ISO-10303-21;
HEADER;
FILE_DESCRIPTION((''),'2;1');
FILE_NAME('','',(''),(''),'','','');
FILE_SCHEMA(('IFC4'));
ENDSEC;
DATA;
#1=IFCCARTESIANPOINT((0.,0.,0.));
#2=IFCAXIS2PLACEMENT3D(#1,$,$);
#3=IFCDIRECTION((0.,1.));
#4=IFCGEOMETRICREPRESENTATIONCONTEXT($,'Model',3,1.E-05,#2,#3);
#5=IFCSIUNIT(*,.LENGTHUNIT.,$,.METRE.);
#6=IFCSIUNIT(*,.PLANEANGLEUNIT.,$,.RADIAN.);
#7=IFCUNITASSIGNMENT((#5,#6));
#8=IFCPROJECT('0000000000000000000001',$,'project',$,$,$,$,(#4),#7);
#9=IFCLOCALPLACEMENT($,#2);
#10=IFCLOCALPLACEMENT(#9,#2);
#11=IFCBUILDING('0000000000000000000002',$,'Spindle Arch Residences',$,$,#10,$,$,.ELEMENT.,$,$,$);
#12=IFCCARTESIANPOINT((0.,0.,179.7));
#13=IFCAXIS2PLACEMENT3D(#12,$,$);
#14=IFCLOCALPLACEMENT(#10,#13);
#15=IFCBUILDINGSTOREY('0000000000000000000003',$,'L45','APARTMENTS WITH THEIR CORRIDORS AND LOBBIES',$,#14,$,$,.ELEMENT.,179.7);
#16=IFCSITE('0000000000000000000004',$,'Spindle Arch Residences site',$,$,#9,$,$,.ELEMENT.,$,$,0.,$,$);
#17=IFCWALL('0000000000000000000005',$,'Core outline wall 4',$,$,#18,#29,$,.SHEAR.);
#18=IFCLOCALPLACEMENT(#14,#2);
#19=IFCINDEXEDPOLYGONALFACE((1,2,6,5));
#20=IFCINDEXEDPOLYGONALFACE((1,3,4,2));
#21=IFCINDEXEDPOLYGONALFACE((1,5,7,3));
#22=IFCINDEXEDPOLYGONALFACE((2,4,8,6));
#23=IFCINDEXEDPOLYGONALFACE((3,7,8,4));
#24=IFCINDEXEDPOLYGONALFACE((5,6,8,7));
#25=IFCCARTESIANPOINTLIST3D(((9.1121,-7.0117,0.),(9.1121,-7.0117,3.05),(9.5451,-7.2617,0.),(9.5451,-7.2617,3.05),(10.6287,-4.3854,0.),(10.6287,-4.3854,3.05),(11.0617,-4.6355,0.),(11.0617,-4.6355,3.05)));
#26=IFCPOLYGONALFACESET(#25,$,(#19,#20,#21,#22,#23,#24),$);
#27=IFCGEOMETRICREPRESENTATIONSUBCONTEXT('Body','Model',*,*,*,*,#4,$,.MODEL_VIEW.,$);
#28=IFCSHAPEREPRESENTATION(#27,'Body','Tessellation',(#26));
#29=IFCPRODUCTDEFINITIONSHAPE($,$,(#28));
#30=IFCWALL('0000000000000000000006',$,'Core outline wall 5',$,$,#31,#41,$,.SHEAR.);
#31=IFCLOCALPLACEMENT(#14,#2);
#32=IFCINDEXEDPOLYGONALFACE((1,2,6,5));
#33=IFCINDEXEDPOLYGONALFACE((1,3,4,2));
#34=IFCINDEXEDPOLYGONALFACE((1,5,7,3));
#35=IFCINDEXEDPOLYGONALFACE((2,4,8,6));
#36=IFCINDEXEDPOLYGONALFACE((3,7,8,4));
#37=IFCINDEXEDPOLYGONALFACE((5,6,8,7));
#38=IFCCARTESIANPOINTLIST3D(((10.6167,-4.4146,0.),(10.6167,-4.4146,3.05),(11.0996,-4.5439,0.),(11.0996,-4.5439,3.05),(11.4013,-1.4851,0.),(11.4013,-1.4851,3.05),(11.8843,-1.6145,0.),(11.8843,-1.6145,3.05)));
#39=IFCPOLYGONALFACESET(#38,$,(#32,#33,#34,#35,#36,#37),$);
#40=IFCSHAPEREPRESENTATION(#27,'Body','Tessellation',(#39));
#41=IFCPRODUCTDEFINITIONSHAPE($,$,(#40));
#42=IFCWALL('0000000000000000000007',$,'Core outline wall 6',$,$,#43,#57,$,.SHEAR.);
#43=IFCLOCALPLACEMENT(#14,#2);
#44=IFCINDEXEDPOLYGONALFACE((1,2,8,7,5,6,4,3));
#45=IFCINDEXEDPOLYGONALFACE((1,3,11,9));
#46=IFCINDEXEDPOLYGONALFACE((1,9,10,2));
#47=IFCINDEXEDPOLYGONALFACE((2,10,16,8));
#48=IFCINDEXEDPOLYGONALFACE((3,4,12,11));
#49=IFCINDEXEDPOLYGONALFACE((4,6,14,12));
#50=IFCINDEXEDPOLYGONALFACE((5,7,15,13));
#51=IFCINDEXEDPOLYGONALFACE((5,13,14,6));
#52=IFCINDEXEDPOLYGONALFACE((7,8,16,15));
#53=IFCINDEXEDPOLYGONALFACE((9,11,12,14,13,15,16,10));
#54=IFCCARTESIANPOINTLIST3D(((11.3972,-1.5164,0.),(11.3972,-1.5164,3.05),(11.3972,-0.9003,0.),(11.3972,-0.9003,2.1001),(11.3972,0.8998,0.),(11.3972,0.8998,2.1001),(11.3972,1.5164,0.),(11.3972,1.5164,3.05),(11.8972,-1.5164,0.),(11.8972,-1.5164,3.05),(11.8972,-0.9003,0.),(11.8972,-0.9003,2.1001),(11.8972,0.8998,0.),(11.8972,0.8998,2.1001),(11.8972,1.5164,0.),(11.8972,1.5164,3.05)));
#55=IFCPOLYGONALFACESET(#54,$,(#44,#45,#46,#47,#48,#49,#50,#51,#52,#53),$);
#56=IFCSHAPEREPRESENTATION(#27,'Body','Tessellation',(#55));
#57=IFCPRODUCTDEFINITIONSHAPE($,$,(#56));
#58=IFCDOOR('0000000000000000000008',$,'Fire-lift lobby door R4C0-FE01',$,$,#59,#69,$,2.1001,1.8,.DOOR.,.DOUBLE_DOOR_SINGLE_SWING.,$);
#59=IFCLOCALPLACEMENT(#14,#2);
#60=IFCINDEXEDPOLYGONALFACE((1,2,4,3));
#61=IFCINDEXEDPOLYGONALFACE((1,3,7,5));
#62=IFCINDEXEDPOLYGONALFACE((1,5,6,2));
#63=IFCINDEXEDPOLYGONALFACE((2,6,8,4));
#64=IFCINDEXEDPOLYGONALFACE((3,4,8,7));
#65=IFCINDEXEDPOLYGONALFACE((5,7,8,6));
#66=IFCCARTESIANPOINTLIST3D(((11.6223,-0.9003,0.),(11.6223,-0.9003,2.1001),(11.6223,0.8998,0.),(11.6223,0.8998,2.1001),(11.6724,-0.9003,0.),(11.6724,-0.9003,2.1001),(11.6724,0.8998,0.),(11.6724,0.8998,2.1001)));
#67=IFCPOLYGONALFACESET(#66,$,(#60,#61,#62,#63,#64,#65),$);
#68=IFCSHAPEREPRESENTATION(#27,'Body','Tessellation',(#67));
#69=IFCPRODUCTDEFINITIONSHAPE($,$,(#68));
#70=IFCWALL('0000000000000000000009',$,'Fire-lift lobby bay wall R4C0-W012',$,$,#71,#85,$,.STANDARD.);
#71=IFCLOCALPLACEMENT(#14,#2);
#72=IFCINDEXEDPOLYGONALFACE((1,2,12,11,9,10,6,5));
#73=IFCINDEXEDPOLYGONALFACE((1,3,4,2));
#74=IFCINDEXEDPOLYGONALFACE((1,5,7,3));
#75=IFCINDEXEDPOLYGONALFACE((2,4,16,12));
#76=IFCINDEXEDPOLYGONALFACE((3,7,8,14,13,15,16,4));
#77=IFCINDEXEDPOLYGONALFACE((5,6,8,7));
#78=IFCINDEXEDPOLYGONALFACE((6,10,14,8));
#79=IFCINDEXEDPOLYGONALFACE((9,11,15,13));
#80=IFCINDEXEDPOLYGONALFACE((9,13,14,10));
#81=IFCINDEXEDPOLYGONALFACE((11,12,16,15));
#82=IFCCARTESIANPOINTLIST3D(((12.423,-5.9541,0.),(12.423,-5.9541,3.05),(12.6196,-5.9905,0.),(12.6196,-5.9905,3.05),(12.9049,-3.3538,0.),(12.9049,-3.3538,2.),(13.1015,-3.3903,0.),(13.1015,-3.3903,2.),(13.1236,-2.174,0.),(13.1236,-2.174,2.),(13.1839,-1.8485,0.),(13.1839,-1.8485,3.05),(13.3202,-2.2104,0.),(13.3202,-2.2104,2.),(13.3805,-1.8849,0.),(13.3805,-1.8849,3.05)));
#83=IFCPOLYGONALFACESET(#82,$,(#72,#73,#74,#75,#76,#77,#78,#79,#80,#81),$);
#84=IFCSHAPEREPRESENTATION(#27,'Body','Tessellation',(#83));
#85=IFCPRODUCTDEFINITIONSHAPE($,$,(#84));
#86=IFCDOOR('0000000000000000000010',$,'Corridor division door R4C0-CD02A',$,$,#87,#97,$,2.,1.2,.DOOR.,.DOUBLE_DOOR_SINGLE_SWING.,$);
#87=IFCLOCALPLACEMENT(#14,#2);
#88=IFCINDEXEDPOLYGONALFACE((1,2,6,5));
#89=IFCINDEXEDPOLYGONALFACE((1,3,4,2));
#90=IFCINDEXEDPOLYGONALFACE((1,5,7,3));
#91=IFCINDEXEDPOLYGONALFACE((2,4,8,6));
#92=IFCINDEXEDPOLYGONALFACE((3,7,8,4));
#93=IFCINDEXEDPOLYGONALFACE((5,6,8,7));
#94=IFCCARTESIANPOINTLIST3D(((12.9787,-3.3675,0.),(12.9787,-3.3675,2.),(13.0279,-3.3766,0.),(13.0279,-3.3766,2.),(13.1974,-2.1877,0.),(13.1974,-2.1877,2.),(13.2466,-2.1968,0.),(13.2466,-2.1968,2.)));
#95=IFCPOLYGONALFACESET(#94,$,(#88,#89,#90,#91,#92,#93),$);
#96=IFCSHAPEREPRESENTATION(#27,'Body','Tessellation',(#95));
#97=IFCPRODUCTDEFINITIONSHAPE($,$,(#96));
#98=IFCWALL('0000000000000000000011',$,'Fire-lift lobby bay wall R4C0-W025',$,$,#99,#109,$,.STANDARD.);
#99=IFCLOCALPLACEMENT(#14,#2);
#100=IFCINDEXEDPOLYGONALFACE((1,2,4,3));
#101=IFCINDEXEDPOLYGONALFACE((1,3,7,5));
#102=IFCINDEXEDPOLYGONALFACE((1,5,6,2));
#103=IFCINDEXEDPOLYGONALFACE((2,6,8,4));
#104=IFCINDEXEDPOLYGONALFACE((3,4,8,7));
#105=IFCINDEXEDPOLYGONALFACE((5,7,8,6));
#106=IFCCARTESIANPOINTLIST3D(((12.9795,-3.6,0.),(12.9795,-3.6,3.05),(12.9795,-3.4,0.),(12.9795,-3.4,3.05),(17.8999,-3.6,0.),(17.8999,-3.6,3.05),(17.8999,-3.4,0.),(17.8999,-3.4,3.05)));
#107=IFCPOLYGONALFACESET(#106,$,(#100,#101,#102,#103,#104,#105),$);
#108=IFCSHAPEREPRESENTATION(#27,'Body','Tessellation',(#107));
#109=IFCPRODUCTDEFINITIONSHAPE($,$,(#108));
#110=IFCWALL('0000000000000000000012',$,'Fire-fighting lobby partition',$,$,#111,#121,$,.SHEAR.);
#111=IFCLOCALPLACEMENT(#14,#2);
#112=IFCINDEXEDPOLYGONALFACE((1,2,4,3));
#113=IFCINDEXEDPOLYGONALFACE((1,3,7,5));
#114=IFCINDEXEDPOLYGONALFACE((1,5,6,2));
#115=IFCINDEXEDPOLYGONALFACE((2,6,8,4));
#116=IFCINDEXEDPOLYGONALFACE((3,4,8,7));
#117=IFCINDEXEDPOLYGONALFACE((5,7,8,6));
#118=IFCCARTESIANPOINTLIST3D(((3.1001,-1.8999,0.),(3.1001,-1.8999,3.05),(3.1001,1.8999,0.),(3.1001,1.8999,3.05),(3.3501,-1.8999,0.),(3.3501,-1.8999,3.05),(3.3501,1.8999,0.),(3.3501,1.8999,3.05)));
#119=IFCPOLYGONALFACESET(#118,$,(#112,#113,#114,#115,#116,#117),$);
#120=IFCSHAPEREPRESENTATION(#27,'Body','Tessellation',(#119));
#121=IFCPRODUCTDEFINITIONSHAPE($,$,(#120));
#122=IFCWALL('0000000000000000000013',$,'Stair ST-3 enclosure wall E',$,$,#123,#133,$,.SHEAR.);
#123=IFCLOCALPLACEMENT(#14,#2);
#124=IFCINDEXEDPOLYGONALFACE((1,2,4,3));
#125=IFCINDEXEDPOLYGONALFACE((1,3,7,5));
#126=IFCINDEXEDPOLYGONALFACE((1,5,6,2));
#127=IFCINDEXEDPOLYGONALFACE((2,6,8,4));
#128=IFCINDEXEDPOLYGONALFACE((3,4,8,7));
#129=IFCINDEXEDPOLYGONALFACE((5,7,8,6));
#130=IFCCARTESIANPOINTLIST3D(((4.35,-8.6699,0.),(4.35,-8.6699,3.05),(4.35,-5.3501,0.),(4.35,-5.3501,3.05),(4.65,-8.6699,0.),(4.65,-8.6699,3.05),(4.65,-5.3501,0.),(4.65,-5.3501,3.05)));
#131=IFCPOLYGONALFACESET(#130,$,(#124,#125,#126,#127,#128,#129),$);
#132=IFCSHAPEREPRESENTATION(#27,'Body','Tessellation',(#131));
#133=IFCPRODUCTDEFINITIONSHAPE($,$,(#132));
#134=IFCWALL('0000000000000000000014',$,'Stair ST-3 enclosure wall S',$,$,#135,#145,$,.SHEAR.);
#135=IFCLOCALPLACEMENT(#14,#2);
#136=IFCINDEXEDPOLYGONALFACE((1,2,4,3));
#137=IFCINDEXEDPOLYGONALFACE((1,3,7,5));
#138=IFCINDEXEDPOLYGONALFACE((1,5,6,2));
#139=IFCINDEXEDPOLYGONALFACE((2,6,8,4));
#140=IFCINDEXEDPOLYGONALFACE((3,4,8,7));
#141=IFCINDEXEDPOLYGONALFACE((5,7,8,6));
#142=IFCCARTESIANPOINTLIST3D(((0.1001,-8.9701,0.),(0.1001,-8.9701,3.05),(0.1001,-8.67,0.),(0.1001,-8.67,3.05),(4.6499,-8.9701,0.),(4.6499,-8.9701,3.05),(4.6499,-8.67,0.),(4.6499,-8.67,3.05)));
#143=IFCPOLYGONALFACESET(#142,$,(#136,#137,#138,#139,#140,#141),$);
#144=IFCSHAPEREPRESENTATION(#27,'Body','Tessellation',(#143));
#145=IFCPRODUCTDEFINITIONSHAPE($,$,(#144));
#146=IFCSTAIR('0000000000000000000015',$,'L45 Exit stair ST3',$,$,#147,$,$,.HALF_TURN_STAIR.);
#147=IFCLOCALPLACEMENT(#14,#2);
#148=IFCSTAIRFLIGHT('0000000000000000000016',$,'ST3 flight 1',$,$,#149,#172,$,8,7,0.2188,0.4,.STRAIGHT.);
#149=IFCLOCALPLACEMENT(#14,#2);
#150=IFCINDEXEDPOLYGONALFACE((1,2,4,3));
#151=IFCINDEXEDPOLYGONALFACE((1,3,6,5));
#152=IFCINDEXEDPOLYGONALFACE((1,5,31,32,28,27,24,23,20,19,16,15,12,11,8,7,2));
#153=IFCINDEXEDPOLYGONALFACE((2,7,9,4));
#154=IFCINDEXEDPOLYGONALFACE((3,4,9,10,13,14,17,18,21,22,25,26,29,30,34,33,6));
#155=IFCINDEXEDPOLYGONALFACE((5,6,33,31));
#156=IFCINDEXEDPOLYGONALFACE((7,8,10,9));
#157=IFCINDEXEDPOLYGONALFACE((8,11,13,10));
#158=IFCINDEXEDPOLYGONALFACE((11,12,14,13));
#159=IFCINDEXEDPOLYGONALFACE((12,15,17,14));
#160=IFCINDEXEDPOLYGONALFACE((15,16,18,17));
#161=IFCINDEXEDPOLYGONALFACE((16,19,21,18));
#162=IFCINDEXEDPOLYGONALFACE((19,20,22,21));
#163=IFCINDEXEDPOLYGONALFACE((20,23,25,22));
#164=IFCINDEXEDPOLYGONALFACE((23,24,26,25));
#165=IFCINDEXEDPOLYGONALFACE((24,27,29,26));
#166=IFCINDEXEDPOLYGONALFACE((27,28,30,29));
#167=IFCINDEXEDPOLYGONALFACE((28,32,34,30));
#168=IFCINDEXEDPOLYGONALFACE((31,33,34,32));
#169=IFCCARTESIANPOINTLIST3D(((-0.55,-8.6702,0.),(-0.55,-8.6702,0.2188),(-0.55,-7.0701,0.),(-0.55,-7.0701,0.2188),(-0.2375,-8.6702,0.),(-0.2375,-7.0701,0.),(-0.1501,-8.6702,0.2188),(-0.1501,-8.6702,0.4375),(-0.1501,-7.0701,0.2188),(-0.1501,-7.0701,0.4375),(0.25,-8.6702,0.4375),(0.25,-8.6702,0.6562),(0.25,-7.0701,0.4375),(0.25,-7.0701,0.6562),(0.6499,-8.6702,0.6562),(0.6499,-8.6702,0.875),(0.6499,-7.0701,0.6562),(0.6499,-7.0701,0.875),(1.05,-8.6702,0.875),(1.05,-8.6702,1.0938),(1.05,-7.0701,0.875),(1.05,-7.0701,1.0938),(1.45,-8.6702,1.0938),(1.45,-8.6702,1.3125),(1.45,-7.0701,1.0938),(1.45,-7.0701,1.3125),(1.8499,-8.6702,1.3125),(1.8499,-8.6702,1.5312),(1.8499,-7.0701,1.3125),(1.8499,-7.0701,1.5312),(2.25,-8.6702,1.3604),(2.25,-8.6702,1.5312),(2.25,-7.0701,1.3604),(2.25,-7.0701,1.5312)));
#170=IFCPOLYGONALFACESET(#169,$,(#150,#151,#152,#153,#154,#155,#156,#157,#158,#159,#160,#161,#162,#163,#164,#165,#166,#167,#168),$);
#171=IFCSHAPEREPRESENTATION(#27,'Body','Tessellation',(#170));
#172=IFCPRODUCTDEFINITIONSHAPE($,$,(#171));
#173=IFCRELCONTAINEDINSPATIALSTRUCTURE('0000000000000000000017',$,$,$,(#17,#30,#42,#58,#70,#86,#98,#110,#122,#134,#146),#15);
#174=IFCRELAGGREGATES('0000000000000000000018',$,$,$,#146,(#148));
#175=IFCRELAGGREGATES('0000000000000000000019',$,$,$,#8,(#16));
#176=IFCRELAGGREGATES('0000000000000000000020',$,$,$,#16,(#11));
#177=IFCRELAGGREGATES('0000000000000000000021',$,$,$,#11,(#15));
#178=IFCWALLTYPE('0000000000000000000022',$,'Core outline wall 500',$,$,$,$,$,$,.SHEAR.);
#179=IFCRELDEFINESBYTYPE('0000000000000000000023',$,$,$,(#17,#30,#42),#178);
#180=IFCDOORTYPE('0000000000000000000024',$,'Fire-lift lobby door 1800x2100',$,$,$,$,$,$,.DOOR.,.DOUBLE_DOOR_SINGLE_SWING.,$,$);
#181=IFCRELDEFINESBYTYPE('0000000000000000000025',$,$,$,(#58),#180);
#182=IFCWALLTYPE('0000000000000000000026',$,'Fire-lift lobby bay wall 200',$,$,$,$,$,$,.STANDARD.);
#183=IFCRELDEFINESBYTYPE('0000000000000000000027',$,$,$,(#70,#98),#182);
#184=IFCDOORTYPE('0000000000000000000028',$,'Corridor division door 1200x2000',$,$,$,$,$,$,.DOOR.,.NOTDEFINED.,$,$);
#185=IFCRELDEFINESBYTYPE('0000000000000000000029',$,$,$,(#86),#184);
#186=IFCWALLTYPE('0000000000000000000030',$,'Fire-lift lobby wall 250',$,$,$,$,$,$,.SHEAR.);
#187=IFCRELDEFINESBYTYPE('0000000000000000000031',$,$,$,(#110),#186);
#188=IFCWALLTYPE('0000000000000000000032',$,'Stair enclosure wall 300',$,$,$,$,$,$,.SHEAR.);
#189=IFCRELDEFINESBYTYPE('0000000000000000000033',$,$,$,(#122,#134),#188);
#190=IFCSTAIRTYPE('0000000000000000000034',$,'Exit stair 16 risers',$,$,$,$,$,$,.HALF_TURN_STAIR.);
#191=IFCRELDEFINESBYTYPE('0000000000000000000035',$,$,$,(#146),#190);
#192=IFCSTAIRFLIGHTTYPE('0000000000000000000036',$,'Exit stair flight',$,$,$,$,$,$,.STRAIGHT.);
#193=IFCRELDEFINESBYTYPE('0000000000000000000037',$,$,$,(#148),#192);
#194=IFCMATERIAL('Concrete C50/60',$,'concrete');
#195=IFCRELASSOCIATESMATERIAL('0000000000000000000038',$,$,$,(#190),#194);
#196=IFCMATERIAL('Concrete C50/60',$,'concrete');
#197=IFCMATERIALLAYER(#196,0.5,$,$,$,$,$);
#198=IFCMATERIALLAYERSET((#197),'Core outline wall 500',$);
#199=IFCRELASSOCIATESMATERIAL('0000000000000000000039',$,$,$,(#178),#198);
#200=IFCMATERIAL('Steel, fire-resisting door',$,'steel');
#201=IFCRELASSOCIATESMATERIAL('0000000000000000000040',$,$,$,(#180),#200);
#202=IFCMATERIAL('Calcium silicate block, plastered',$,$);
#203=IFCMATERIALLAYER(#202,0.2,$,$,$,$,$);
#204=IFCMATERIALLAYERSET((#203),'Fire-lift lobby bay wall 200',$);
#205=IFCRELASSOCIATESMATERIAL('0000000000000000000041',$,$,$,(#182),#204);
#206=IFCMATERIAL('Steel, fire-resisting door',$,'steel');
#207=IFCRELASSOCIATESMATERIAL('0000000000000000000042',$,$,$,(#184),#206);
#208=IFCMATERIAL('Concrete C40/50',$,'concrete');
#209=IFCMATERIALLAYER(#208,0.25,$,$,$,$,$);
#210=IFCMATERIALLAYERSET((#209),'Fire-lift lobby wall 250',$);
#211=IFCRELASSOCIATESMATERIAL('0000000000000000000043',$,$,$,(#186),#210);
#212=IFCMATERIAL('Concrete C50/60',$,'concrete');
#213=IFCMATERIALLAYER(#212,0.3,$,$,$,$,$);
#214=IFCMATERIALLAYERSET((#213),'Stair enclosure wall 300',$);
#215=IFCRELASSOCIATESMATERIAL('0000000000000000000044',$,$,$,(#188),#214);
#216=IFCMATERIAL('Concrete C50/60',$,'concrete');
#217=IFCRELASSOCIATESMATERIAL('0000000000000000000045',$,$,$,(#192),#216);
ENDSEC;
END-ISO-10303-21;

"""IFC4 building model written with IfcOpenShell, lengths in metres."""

from ifc_helpers import new_model, si_unit, direction, frame, frame_2d, origin, place, context, subcontext, project, spatial, polyline, rectangle, outline, extrude, material, layer, layer_set, type_object, element, fill, aggregate, save


model = new_model("IFC4")

# Units and contexts
model_context = context("Model", 3, precision=1e-05, world=origin(), true_north=direction((0.0, 1.0)))
body_context = subcontext(model_context, "Body", "Model", "MODEL_VIEW")
ifc_project = project(units=[si_unit("LENGTHUNIT", "METRE"), si_unit("PLANEANGLEUNIT", "RADIAN")], contexts=[model_context])

# Site, building, storey
site_placement = place(None, origin())
site = spatial("IfcSite", under=ifc_project, at=site_placement, Name="Spindle Arch Residences site", CompositionType="ELEMENT", RefElevation=0.0)
building_placement = place(site_placement, origin())
building = spatial("IfcBuilding", under=site, at=building_placement, Name="Spindle Arch Residences", CompositionType="ELEMENT")
storey_placement = place(building_placement, frame((0.0, 0.0, 179.7)))
storey = spatial("IfcBuildingStorey", under=building, at=storey_placement, Name="L45", Description="APARTMENTS WITH THEIR CORRIDORS AND LOBBIES", CompositionType="ELEMENT", Elevation=179.7)

# Shared definitions
ifc_material_1 = material(Name="Concrete C50/60", Category="concrete")
stair_type = type_object("IfcStairType", Name="Exit stair 16 risers", PredefinedType="HALF_TURN_STAIR", material=ifc_material_1)

# Walls
ifc_material_2 = material(Name="Concrete C50/60", Category="concrete")
ifc_layer_1 = layer(ifc_material_2, 0.5)
ifc_layer_set_1 = layer_set([ifc_layer_1], Name="Core outline wall 500")
wall_type_1 = type_object("IfcWallType", Name="Core outline wall 500", PredefinedType="SHEAR", material=ifc_layer_set_1)
for number, where, z_axis, x_axis, name in (
    (1, (9.3286, -7.1367, 0.0), (0.0, 0.0, 1.0), (0.500087, 0.865975, 0.0), "Core outline wall 4"),
    (2, (10.8582, -4.4792, 0.0), (0.0, 0.0, 1.0), (0.258735, 0.965948, 0.0), "Core outline wall 5"),
):
    element("IfcWall", number, at=place(storey_placement, frame(where, z_axis=z_axis, x_axis=x_axis)), inside=storey, type_object=wall_type_1, Name=name, PredefinedType="SHEAR", context=body_context, shape_type="SweptSolid", body=[
        extrude(rectangle(XDim=3.0327, YDim=0.5, at=frame_2d((1.5164, 0.0))), origin(), (0.0, 0.0, 1.0), 3.05),
    ])

# Walls, openings, doors
wall_1_placement = place(storey_placement, frame((11.6472, -1.5164, 0.0), z_axis=(0.0, 0.0, 1.0), x_axis=(0.0, 1.0, 0.0)))
wall_1 = element("IfcWall", 3, at=wall_1_placement, inside=storey, type_object=wall_type_1, Name="Core outline wall 6", PredefinedType="SHEAR", context=body_context, shape_type="SweptSolid", body=[
    extrude(rectangle(XDim=3.0327, YDim=0.5, at=frame_2d((1.5164, 0.0))), origin(), (0.0, 0.0, 1.0), 3.05),
])
opening_1_placement = place(wall_1_placement, frame((0.6162, 0.0, 0.0)))
opening_1 = element("IfcOpeningElement", 4, at=opening_1_placement, cuts=wall_1, PredefinedType="OPENING", context=body_context, shape_type="SweptSolid", body=[
    extrude(rectangle(XDim=1.8, YDim=2.1001, at=frame_2d((0.8999, 1.05))), frame((0.0, 0.26, 0.0), z_axis=(0.0, -1.0, 0.0), x_axis=(1.0, 0.0, 0.0)), (0.0, 0.0, 1.0), 0.52),
])
ifc_material_3 = material(Name="Steel, fire-resisting door", Category="steel")
door_type_1 = type_object("IfcDoorType", Name="Fire-lift lobby door 1800x2100", OperationType="DOUBLE_DOOR_SINGLE_SWING", PredefinedType="DOOR", material=ifc_material_3)
door_1_placement = place(opening_1_placement, origin())
door_1 = element("IfcDoor", 5, at=door_1_placement, inside=storey, type_object=door_type_1, Name="Fire-lift lobby door R4C0-FE01", OperationType="DOUBLE_DOOR_SINGLE_SWING", OverallHeight=2.1001, OverallWidth=1.8, PredefinedType="DOOR", context=body_context, shape_type="SweptSolid", body=[
    extrude(rectangle(XDim=1.8, YDim=2.1001, at=frame_2d((0.8999, 1.05))), frame((0.0, 0.0249, 0.0), z_axis=(0.0, -1.0, 0.0), x_axis=(1.0, 0.0, 0.0)), (0.0, 0.0, 1.0), 0.05),
])
fill(opening_1, door_1)
ifc_material_4 = material(Name="Calcium silicate block, plastered")
ifc_layer_2 = layer(ifc_material_4, 0.2)
ifc_layer_set_2 = layer_set([ifc_layer_2], Name="Fire-lift lobby bay wall 200")
wall_type_2 = type_object("IfcWallType", Name="Fire-lift lobby bay wall 200", PredefinedType="STANDARD", material=ifc_layer_set_2)
wall_2_placement = place(storey_placement, frame((12.5212, -5.9724, 0.0), z_axis=(0.0, 0.0, 1.0), x_axis=(0.182244, 0.983253, 0.0)))
wall_2 = element("IfcWall", 6, at=wall_2_placement, inside=storey, type_object=wall_type_2, Name="Fire-lift lobby bay wall R4C0-W012", PredefinedType="STANDARD", context=body_context, shape_type="SweptSolid", body=[
    extrude(rectangle(XDim=4.1755, YDim=0.2, at=frame_2d((2.0879, 0.0))), origin(), (0.0, 0.0, 1.0), 3.05),
])
opening_2_placement = place(wall_2_placement, frame((2.6445, 0.0, 0.0)))
opening_2 = element("IfcOpeningElement", 7, at=opening_2_placement, cuts=wall_2, PredefinedType="OPENING", context=body_context, shape_type="SweptSolid", body=[
    extrude(rectangle(XDim=1.2, YDim=2.0, at=frame_2d((0.6001, 1.0))), frame((0.0, 0.1099, 0.0), z_axis=(0.0, -1.0, 0.0), x_axis=(1.0, 0.0, 0.0)), (0.0, 0.0, 1.0), 0.22),
])
ifc_material_5 = material(Name="Steel, fire-resisting door", Category="steel")
door_type_2 = type_object("IfcDoorType", Name="Corridor division door 1200x2000", OperationType="NOTDEFINED", PredefinedType="DOOR", material=ifc_material_5)
door_2_placement = place(opening_2_placement, origin())
door_2 = element("IfcDoor", 8, at=door_2_placement, inside=storey, type_object=door_type_2, Name="Corridor division door R4C0-CD02A", OperationType="DOUBLE_DOOR_SINGLE_SWING", OverallHeight=2.0, OverallWidth=1.2, PredefinedType="DOOR", context=body_context, shape_type="SweptSolid", body=[
    extrude(rectangle(XDim=1.2, YDim=2.0, at=frame_2d((0.6001, 1.0))), frame((0.0, 0.0249, 0.0), z_axis=(0.0, -1.0, 0.0), x_axis=(1.0, 0.0, 0.0)), (0.0, 0.0, 1.0), 0.05),
])
fill(opening_2, door_2)

# Walls
wall_3_placement = place(storey_placement, frame((12.9795, -3.5, 0.0), z_axis=(0.0, 0.0, 1.0), x_axis=(1.0, 0.0, 0.0)))
element("IfcWall", 9, at=wall_3_placement, inside=storey, type_object=wall_type_2, Name="Fire-lift lobby bay wall R4C0-W025", PredefinedType="STANDARD", context=body_context, shape_type="SweptSolid", body=[
    extrude(rectangle(XDim=4.9204, YDim=0.2, at=frame_2d((2.4602, 0.0))), origin(), (0.0, 0.0, 1.0), 3.05),
])
ifc_material_6 = material(Name="Concrete C40/50", Category="concrete")
ifc_layer_3 = layer(ifc_material_6, 0.25)
ifc_layer_set_3 = layer_set([ifc_layer_3], Name="Fire-lift lobby wall 250")
wall_type_3 = type_object("IfcWallType", Name="Fire-lift lobby wall 250", PredefinedType="SHEAR", material=ifc_layer_set_3)
wall_4_placement = place(storey_placement, frame((3.2251, -1.8999, 0.0), z_axis=(0.0, 0.0, 1.0), x_axis=(0.0, 1.0, 0.0)))
element("IfcWall", 10, at=wall_4_placement, inside=storey, type_object=wall_type_3, Name="Fire-fighting lobby partition", PredefinedType="SHEAR", context=body_context, shape_type="SweptSolid", body=[
    extrude(rectangle(XDim=3.7998, YDim=0.25, at=frame_2d((1.8999, 0.0))), origin(), (0.0, 0.0, 1.0), 3.05),
])

# Walls
ifc_material_7 = material(Name="Concrete C50/60", Category="concrete")
ifc_layer_4 = layer(ifc_material_7, 0.3)
ifc_layer_set_4 = layer_set([ifc_layer_4], Name="Stair enclosure wall 300")
wall_type_4 = type_object("IfcWallType", Name="Stair enclosure wall 300", PredefinedType="SHEAR", material=ifc_layer_set_4)
wall_5_placement = place(storey_placement, frame((4.5, -8.6699, 0.0), z_axis=(0.0, 0.0, 1.0), x_axis=(0.0, 1.0, 0.0)))
element("IfcWall", 11, at=wall_5_placement, inside=storey, type_object=wall_type_4, Name="Stair ST-3 enclosure wall E", PredefinedType="SHEAR", context=body_context, shape_type="SweptSolid", body=[
    extrude(rectangle(XDim=3.3198, YDim=0.3, at=frame_2d((1.6599, 0.0))), origin(), (0.0, 0.0, 1.0), 3.05),
])
wall_6_placement = place(storey_placement, frame((0.1001, -8.8201, 0.0), z_axis=(0.0, 0.0, 1.0), x_axis=(1.0, 0.0, 0.0)))
element("IfcWall", 12, at=wall_6_placement, inside=storey, type_object=wall_type_4, Name="Stair ST-3 enclosure wall S", PredefinedType="SHEAR", context=body_context, shape_type="SweptSolid", body=[
    extrude(rectangle(XDim=4.5498, YDim=0.3, at=frame_2d((2.2749, 0.0))), origin(), (0.0, 0.0, 1.0), 3.05),
])

# Stair, stair flight
stair_1_placement = place(storey_placement, origin())
stair_1 = element("IfcStair", 13, at=stair_1_placement, inside=storey, type_object=stair_type, Name="L45 Exit stair ST3", PredefinedType="HALF_TURN_STAIR")
ifc_material_8 = material(Name="Concrete C50/60", Category="concrete")
stair_flight_type = type_object("IfcStairFlightType", Name="Exit stair flight", PredefinedType="STRAIGHT", material=ifc_material_8)
stair_flight_1_placement = place(storey_placement, frame((-0.55, -7.8701, 0.0), z_axis=(0.0, 0.0, 1.0), x_axis=(1.0, 0.0, 0.0)))
stair_flight_1 = element("IfcStairFlight", 14, at=stair_flight_1_placement, type_object=stair_flight_type, Name="ST3 flight 1", NumberOfRisers=8, NumberOfTreads=7, PredefinedType="STRAIGHT", RiserHeight=0.2188, TreadLength=0.4, context=body_context, shape_type="SweptSolid", body=[
    extrude(outline(polyline([(0.0, 0.0), (0.0, 0.2188), (0.3999, 0.2188), (0.3999, 0.4375), (0.8, 0.4375), (0.8, 0.6562), (1.2, 0.6562), (1.2, 0.875), (1.6001, 0.875), (1.6001, 1.0938), (2.0, 1.0938), (2.0, 1.3125), (2.3999, 1.3125), (2.3999, 1.5312), (2.8, 1.5312), (2.8, 1.75), (2.8, 1.3604), (0.3125, 0.0), (0.0, 0.0)])), frame((0.0, 0.8, 0.0), z_axis=(0.0, -1.0, 0.0), x_axis=(1.0, 0.0, 0.0)), (0.0, 0.0, 1.0), 1.6001),
])
aggregate(stair_1, [stair_flight_1])

save(model, "model.ifc")
